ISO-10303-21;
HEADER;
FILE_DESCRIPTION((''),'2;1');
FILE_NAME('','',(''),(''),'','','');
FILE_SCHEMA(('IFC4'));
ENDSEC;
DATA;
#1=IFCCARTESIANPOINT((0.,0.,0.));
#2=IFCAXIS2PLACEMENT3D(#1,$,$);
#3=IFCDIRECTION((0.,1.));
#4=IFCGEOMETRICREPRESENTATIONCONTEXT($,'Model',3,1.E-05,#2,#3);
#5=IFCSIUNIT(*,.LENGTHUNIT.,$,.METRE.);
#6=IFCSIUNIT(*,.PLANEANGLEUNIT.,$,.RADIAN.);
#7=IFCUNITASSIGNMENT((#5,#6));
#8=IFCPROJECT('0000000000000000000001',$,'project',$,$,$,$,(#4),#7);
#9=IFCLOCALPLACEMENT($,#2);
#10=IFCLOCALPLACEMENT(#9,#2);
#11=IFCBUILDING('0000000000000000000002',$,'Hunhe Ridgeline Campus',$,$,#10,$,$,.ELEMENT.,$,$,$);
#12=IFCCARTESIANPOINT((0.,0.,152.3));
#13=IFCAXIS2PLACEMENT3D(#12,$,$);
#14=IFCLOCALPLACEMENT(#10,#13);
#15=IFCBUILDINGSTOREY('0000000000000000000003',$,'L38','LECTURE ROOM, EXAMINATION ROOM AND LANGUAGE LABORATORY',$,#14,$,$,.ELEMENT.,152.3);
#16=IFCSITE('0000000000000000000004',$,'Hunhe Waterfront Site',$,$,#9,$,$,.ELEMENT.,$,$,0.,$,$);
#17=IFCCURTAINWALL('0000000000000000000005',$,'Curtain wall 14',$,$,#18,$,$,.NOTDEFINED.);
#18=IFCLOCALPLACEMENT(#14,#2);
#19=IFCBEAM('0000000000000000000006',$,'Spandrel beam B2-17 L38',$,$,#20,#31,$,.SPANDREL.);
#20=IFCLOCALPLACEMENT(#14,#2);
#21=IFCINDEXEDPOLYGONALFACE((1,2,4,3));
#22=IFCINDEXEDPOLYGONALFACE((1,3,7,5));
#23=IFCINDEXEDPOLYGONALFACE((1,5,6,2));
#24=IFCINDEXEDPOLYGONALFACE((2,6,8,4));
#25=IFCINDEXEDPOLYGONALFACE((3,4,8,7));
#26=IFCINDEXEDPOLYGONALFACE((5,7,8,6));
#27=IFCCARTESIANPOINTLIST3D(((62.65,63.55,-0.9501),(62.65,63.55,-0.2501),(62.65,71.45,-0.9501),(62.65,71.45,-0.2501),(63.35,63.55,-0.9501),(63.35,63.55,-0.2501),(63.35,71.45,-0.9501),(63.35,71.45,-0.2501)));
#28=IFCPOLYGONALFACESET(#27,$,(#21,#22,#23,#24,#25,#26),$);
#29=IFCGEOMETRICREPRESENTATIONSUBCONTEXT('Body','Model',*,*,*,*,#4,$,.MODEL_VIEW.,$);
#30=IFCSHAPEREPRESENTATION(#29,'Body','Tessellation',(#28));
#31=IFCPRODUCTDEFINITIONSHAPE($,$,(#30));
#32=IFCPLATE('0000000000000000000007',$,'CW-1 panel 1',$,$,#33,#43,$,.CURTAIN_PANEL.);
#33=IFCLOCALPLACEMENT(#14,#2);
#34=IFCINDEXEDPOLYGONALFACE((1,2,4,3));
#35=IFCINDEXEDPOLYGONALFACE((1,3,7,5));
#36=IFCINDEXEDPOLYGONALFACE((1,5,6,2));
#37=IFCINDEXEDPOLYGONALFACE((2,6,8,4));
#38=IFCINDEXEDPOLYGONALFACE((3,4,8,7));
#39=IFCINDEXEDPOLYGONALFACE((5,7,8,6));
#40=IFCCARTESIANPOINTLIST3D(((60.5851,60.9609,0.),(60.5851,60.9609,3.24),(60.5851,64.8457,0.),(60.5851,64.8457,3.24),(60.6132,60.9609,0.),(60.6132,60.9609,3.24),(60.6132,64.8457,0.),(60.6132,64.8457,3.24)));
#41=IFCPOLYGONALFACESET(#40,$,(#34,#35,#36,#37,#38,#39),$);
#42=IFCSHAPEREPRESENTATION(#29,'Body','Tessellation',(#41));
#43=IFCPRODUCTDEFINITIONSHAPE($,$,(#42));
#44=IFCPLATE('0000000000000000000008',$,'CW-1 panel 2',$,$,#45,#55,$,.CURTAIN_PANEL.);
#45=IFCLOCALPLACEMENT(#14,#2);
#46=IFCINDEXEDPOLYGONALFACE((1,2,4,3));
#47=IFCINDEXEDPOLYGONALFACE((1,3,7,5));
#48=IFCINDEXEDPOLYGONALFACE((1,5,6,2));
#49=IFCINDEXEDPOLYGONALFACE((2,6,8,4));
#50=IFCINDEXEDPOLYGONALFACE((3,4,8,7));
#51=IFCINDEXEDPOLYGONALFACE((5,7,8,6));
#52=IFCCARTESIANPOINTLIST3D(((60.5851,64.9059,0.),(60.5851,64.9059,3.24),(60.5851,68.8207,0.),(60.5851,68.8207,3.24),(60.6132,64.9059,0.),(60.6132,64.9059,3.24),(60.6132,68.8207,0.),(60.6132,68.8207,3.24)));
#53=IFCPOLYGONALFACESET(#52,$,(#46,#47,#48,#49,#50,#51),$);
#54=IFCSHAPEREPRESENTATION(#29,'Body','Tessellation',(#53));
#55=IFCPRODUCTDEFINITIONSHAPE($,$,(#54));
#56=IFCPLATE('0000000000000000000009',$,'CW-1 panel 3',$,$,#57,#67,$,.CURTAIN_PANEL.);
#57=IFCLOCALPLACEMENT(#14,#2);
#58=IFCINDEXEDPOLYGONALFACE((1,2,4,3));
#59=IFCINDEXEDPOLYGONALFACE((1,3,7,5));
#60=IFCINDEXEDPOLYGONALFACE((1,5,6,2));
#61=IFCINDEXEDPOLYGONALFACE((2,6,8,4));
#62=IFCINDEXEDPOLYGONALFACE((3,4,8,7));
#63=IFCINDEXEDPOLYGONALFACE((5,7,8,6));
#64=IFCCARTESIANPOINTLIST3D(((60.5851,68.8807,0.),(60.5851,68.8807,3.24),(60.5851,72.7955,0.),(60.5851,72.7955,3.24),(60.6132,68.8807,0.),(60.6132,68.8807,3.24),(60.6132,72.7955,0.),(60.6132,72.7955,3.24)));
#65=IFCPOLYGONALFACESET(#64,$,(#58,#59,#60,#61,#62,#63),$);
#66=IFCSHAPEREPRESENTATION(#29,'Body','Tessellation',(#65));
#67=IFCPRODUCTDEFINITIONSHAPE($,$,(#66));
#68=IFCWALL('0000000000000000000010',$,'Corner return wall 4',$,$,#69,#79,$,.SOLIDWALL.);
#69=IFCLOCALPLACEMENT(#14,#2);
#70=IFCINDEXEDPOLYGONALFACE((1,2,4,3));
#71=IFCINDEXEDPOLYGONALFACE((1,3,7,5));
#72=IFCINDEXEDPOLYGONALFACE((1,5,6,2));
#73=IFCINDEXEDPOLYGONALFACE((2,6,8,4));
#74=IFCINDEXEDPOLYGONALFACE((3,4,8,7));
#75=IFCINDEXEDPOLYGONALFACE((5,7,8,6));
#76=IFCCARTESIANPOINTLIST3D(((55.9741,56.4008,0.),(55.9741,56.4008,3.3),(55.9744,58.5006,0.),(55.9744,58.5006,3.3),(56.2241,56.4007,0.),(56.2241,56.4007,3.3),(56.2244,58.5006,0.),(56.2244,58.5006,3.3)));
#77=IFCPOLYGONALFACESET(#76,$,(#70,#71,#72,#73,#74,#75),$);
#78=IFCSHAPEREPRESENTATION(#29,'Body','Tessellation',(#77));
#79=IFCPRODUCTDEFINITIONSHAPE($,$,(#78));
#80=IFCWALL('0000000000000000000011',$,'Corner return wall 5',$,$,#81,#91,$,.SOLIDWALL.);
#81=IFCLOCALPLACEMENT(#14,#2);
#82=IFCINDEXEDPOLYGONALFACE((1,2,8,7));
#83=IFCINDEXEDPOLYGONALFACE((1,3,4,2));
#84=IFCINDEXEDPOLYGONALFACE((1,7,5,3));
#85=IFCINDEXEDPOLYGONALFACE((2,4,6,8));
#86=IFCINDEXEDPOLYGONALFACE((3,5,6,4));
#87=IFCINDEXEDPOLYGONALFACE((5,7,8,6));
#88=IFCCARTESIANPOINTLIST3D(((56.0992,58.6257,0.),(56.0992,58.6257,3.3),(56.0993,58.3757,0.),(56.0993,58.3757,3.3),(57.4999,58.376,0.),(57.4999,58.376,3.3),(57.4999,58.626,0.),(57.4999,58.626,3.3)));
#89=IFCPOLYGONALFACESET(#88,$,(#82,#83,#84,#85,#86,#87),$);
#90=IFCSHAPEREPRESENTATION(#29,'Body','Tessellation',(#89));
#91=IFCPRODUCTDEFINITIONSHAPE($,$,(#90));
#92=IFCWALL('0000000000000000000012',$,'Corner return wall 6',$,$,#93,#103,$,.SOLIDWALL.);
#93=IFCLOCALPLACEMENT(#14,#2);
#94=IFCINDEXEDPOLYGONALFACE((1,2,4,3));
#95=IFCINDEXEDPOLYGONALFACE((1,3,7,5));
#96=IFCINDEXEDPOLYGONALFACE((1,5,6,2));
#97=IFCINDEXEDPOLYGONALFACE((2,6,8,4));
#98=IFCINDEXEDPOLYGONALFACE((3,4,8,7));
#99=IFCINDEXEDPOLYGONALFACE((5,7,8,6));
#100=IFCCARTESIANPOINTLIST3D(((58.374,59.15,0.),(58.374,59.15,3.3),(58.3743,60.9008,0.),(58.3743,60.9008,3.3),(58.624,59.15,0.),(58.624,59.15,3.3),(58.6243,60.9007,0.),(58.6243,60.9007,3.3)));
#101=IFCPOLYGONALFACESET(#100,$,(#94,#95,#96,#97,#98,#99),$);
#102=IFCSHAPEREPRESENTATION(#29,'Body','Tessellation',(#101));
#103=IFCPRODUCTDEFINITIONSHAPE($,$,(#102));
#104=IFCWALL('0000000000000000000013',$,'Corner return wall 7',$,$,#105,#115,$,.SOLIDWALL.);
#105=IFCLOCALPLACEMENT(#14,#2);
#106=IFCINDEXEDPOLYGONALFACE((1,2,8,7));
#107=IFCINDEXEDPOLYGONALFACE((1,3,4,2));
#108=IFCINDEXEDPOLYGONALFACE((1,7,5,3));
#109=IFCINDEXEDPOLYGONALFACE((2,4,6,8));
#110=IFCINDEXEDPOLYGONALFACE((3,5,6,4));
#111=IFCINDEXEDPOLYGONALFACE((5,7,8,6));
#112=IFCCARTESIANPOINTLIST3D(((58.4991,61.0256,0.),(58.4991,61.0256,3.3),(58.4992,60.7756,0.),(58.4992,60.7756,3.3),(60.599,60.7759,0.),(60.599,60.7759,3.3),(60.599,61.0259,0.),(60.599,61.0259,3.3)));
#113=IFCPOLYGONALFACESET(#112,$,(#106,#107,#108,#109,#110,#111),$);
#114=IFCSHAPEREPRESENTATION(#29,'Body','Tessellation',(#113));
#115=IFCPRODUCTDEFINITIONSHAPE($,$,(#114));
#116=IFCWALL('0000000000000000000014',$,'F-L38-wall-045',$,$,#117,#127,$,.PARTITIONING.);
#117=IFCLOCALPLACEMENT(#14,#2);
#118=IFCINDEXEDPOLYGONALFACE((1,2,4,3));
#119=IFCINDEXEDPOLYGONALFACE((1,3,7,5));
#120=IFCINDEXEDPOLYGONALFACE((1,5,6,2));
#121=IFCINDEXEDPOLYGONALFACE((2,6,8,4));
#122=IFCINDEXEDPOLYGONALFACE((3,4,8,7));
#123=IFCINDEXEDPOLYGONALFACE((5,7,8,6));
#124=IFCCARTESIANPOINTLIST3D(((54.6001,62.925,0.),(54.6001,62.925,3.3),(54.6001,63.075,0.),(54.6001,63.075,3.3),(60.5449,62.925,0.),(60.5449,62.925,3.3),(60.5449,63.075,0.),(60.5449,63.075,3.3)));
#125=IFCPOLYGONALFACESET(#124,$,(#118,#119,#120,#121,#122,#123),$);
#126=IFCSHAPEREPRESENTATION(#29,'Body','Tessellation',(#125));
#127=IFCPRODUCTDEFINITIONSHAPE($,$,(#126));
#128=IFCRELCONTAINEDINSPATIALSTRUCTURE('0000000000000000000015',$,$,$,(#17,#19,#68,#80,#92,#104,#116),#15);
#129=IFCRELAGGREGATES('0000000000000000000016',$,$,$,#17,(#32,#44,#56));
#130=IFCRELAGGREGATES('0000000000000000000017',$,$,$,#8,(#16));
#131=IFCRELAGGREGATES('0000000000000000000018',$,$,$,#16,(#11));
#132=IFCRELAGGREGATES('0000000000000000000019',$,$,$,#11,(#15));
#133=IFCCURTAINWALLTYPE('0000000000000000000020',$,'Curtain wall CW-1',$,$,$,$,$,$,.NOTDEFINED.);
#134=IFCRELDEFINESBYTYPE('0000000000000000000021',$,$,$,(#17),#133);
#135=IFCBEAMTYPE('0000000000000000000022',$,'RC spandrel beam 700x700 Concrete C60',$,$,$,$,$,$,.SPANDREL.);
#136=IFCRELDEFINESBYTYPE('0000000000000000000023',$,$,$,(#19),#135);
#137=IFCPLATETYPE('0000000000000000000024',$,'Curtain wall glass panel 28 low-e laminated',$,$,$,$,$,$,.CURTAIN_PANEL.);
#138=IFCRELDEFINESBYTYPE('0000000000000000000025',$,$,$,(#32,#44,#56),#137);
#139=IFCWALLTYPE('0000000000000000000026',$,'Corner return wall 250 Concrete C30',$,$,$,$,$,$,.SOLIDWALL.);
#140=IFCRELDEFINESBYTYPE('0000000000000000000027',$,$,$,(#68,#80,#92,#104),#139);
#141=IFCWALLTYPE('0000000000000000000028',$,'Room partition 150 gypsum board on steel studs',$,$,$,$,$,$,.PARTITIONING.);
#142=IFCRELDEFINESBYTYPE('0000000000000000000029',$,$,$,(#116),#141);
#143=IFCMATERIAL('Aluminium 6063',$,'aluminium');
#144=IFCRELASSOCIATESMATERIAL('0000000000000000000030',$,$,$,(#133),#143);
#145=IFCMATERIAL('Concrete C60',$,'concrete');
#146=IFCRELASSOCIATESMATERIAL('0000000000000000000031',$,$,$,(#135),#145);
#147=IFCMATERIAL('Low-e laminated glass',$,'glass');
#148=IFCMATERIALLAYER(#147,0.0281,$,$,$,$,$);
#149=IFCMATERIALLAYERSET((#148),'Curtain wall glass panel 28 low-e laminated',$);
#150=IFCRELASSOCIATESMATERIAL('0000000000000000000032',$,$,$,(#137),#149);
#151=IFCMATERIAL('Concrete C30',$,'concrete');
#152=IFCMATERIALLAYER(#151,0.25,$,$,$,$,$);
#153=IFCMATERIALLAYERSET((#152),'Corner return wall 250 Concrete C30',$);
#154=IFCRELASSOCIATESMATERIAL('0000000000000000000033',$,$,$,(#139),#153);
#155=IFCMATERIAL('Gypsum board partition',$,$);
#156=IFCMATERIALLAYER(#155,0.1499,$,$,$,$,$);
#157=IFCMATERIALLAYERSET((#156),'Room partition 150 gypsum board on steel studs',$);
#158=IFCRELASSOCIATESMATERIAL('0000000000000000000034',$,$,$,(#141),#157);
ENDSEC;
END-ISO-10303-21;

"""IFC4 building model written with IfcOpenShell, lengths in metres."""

from ifc_helpers import new_model, si_unit, direction, frame, frame_2d, origin, origin_2d, place, context, subcontext, project, spatial, rectangle, extrude, material, layer, layer_set, material_profile, profile_set, type_object, element, aggregate, save


model = new_model("IFC4")

# Units and contexts
model_context = context("Model", 3, precision=1e-05, world=origin(), true_north=direction((0.0, 1.0)))
body_context = subcontext(model_context, "Body", "Model", "MODEL_VIEW")
ifc_project = project(units=[si_unit("LENGTHUNIT", "METRE"), si_unit("PLANEANGLEUNIT", "RADIAN")], contexts=[model_context])

# Site, building, storey
site_placement = place(None, origin())
site = spatial("IfcSite", under=ifc_project, at=site_placement, Name="Hunhe Waterfront Site", CompositionType="ELEMENT", RefElevation=0.0)
building_placement = place(site_placement, origin())
building = spatial("IfcBuilding", under=site, at=building_placement, Name="Hunhe Ridgeline Campus", CompositionType="ELEMENT")
storey_placement = place(building_placement, frame((0.0, 0.0, 152.3)))
storey = spatial("IfcBuildingStorey", under=building, at=storey_placement, Name="L38", Description="LECTURE ROOM, EXAMINATION ROOM AND LANGUAGE LABORATORY", CompositionType="ELEMENT", Elevation=152.3)

# Shared definitions
ifc_material_1 = material(Name="Aluminium 6063", Category="aluminium")
curtain_wall_type = type_object("IfcCurtainWallType", Name="Curtain wall CW-1", PredefinedType="NOTDEFINED", material=ifc_material_1)

# Curtain wall
curtain_wall_1_placement = place(storey_placement, origin())
curtain_wall_1 = element("IfcCurtainWall", 1, at=curtain_wall_1_placement, inside=storey, type_object=curtain_wall_type, Name="Curtain wall 14", PredefinedType="NOTDEFINED")

# Beam
ifc_material_2 = material(Name="Concrete C60", Category="concrete")
ifc_material_profile_1 = material_profile(ifc_material_2, rectangle(XDim=0.7, YDim=0.7, at=origin_2d()))
ifc_profile_set_1 = profile_set([ifc_material_profile_1], Name="Concrete C60")
beam_type = type_object("IfcBeamType", Name="RC spandrel beam 700x700 Concrete C60", PredefinedType="SPANDREL", material=ifc_profile_set_1)
beam_1_placement = place(storey_placement, frame((63.0, 63.55, -0.6001), z_axis=(0.0, 1.0, 0.0), x_axis=(-1.0, 0.0, 0.0)))
element("IfcBeam", 2, at=beam_1_placement, inside=storey, type_object=beam_type, Name="Spandrel beam B2-17 L38", PredefinedType="SPANDREL", context=body_context, shape_type="SweptSolid", body=[
    extrude(rectangle(XDim=0.7, YDim=0.7, at=origin_2d()), origin(), (0.0, 0.0, 1.0), 7.8999),
])

# Plates
ifc_material_3 = material(Name="Low-e laminated glass", Category="glass")
ifc_layer_1 = layer(ifc_material_3, 0.0281)
ifc_layer_set_1 = layer_set([ifc_layer_1], Name="Curtain wall glass panel 28 low-e laminated")
plate_type = type_object("IfcPlateType", Name="Curtain wall glass panel 28 low-e laminated", PredefinedType="CURTAIN_PANEL", material=ifc_layer_set_1)
plate_1_placement = place(storey_placement, frame((60.5991, 62.9033, 0.0), z_axis=(0.0, 0.0, 1.0), x_axis=(0.0, 1.0, 0.0)))
plate_1 = element("IfcPlate", 3, at=plate_1_placement, type_object=plate_type, Name="CW-1 panel 1", PredefinedType="CURTAIN_PANEL", context=body_context, shape_type="SweptSolid", body=[
    extrude(rectangle(XDim=3.8848, YDim=0.0281, at=origin_2d()), origin(), (0.0, 0.0, 1.0), 3.24),
])
plate_2_placement = place(storey_placement, frame((60.5991, 66.8633, 0.0), z_axis=(0.0, 0.0, 1.0), x_axis=(0.0, 1.0, 0.0)))
plate_2 = element("IfcPlate", 4, at=plate_2_placement, type_object=plate_type, Name="CW-1 panel 2", PredefinedType="CURTAIN_PANEL", context=body_context, shape_type="SweptSolid", body=[
    extrude(rectangle(XDim=3.9148, YDim=0.0281, at=origin_2d()), origin(), (0.0, 0.0, 1.0), 3.24),
])
plate_3_placement = place(storey_placement, frame((60.5991, 70.8381, 0.0), z_axis=(0.0, 0.0, 1.0), x_axis=(0.0, 1.0, 0.0)))
plate_3 = element("IfcPlate", 5, at=plate_3_placement, type_object=plate_type, Name="CW-1 panel 3", PredefinedType="CURTAIN_PANEL", context=body_context, shape_type="SweptSolid", body=[
    extrude(rectangle(XDim=3.9148, YDim=0.0281, at=origin_2d()), origin(), (0.0, 0.0, 1.0), 3.24),
])
aggregate(curtain_wall_1, [plate_1, plate_2, plate_3])

# Walls
ifc_material_4 = material(Name="Concrete C30", Category="concrete")
ifc_layer_2 = layer(ifc_material_4, 0.25)
ifc_layer_set_2 = layer_set([ifc_layer_2], Name="Corner return wall 250 Concrete C30")
wall_type_1 = type_object("IfcWallType", Name="Corner return wall 250 Concrete C30", PredefinedType="SOLIDWALL", material=ifc_layer_set_2)
wall_1_placement = place(storey_placement, frame((56.0991, 56.4009, 0.0), z_axis=(0.0, 0.0, 1.0), x_axis=(0.000116, 1.0, 0.0)))
element("IfcWall", 6, at=wall_1_placement, inside=storey, type_object=wall_type_1, Name="Corner return wall 4", PredefinedType="SOLIDWALL", context=body_context, shape_type="SweptSolid", body=[
    extrude(rectangle(XDim=2.0999, YDim=0.25, at=frame_2d((1.0498, 0.0))), origin(), (0.0, 0.0, 1.0), 3.3),
])
wall_2_placement = place(storey_placement, frame((56.0994, 58.5007, 0.0), z_axis=(0.0, 0.0, 1.0), x_axis=(1.0, 0.000174, 0.0)))
element("IfcWall", 7, at=wall_2_placement, inside=storey, type_object=wall_type_1, Name="Corner return wall 5", PredefinedType="SOLIDWALL", context=body_context, shape_type="SweptSolid", body=[
    extrude(rectangle(XDim=1.4006, YDim=0.25, at=frame_2d((0.7002, 0.0))), origin(), (0.0, 0.0, 1.0), 3.3),
])
wall_3_placement = place(storey_placement, frame((58.499, 59.1499, 0.0), z_axis=(0.0, 0.0, 1.0), x_axis=(0.000139, 1.0, 0.0)))
element("IfcWall", 8, at=wall_3_placement, inside=storey, type_object=wall_type_1, Name="Corner return wall 6", PredefinedType="SOLIDWALL", context=body_context, shape_type="SweptSolid", body=[
    extrude(rectangle(XDim=1.7507, YDim=0.25, at=frame_2d((0.8755, 0.0))), origin(), (0.0, 0.0, 1.0), 3.3),
])
wall_4_placement = place(storey_placement, frame((58.4993, 60.9006, 0.0), z_axis=(0.0, 0.0, 1.0), x_axis=(1.0, 0.000116, 0.0)))
element("IfcWall", 9, at=wall_4_placement, inside=storey, type_object=wall_type_1, Name="Corner return wall 7", PredefinedType="SOLIDWALL", context=body_context, shape_type="SweptSolid", body=[
    extrude(rectangle(XDim=2.0999, YDim=0.25, at=frame_2d((1.0498, 0.0))), origin(), (0.0, 0.0, 1.0), 3.3),
])
ifc_material_5 = material(Name="Gypsum board partition")
ifc_layer_3 = layer(ifc_material_5, 0.1499)
ifc_layer_set_3 = layer_set([ifc_layer_3], Name="Room partition 150 gypsum board on steel studs")
wall_type_2 = type_object("IfcWallType", Name="Room partition 150 gypsum board on steel studs", PredefinedType="PARTITIONING", material=ifc_layer_set_3)
wall_5_placement = place(storey_placement, frame((54.6001, 63.0, 0.0), z_axis=(0.0, 0.0, 1.0), x_axis=(1.0, 0.0, 0.0)))
element("IfcWall", 10, at=wall_5_placement, inside=storey, type_object=wall_type_2, Name="F-L38-wall-045", PredefinedType="PARTITIONING", context=body_context, shape_type="SweptSolid", body=[
    extrude(rectangle(XDim=5.9448, YDim=0.1499, at=frame_2d((2.9724, 0.0))), origin(), (0.0, 0.0, 1.0), 3.3),
])

save(model, "model.ifc")
